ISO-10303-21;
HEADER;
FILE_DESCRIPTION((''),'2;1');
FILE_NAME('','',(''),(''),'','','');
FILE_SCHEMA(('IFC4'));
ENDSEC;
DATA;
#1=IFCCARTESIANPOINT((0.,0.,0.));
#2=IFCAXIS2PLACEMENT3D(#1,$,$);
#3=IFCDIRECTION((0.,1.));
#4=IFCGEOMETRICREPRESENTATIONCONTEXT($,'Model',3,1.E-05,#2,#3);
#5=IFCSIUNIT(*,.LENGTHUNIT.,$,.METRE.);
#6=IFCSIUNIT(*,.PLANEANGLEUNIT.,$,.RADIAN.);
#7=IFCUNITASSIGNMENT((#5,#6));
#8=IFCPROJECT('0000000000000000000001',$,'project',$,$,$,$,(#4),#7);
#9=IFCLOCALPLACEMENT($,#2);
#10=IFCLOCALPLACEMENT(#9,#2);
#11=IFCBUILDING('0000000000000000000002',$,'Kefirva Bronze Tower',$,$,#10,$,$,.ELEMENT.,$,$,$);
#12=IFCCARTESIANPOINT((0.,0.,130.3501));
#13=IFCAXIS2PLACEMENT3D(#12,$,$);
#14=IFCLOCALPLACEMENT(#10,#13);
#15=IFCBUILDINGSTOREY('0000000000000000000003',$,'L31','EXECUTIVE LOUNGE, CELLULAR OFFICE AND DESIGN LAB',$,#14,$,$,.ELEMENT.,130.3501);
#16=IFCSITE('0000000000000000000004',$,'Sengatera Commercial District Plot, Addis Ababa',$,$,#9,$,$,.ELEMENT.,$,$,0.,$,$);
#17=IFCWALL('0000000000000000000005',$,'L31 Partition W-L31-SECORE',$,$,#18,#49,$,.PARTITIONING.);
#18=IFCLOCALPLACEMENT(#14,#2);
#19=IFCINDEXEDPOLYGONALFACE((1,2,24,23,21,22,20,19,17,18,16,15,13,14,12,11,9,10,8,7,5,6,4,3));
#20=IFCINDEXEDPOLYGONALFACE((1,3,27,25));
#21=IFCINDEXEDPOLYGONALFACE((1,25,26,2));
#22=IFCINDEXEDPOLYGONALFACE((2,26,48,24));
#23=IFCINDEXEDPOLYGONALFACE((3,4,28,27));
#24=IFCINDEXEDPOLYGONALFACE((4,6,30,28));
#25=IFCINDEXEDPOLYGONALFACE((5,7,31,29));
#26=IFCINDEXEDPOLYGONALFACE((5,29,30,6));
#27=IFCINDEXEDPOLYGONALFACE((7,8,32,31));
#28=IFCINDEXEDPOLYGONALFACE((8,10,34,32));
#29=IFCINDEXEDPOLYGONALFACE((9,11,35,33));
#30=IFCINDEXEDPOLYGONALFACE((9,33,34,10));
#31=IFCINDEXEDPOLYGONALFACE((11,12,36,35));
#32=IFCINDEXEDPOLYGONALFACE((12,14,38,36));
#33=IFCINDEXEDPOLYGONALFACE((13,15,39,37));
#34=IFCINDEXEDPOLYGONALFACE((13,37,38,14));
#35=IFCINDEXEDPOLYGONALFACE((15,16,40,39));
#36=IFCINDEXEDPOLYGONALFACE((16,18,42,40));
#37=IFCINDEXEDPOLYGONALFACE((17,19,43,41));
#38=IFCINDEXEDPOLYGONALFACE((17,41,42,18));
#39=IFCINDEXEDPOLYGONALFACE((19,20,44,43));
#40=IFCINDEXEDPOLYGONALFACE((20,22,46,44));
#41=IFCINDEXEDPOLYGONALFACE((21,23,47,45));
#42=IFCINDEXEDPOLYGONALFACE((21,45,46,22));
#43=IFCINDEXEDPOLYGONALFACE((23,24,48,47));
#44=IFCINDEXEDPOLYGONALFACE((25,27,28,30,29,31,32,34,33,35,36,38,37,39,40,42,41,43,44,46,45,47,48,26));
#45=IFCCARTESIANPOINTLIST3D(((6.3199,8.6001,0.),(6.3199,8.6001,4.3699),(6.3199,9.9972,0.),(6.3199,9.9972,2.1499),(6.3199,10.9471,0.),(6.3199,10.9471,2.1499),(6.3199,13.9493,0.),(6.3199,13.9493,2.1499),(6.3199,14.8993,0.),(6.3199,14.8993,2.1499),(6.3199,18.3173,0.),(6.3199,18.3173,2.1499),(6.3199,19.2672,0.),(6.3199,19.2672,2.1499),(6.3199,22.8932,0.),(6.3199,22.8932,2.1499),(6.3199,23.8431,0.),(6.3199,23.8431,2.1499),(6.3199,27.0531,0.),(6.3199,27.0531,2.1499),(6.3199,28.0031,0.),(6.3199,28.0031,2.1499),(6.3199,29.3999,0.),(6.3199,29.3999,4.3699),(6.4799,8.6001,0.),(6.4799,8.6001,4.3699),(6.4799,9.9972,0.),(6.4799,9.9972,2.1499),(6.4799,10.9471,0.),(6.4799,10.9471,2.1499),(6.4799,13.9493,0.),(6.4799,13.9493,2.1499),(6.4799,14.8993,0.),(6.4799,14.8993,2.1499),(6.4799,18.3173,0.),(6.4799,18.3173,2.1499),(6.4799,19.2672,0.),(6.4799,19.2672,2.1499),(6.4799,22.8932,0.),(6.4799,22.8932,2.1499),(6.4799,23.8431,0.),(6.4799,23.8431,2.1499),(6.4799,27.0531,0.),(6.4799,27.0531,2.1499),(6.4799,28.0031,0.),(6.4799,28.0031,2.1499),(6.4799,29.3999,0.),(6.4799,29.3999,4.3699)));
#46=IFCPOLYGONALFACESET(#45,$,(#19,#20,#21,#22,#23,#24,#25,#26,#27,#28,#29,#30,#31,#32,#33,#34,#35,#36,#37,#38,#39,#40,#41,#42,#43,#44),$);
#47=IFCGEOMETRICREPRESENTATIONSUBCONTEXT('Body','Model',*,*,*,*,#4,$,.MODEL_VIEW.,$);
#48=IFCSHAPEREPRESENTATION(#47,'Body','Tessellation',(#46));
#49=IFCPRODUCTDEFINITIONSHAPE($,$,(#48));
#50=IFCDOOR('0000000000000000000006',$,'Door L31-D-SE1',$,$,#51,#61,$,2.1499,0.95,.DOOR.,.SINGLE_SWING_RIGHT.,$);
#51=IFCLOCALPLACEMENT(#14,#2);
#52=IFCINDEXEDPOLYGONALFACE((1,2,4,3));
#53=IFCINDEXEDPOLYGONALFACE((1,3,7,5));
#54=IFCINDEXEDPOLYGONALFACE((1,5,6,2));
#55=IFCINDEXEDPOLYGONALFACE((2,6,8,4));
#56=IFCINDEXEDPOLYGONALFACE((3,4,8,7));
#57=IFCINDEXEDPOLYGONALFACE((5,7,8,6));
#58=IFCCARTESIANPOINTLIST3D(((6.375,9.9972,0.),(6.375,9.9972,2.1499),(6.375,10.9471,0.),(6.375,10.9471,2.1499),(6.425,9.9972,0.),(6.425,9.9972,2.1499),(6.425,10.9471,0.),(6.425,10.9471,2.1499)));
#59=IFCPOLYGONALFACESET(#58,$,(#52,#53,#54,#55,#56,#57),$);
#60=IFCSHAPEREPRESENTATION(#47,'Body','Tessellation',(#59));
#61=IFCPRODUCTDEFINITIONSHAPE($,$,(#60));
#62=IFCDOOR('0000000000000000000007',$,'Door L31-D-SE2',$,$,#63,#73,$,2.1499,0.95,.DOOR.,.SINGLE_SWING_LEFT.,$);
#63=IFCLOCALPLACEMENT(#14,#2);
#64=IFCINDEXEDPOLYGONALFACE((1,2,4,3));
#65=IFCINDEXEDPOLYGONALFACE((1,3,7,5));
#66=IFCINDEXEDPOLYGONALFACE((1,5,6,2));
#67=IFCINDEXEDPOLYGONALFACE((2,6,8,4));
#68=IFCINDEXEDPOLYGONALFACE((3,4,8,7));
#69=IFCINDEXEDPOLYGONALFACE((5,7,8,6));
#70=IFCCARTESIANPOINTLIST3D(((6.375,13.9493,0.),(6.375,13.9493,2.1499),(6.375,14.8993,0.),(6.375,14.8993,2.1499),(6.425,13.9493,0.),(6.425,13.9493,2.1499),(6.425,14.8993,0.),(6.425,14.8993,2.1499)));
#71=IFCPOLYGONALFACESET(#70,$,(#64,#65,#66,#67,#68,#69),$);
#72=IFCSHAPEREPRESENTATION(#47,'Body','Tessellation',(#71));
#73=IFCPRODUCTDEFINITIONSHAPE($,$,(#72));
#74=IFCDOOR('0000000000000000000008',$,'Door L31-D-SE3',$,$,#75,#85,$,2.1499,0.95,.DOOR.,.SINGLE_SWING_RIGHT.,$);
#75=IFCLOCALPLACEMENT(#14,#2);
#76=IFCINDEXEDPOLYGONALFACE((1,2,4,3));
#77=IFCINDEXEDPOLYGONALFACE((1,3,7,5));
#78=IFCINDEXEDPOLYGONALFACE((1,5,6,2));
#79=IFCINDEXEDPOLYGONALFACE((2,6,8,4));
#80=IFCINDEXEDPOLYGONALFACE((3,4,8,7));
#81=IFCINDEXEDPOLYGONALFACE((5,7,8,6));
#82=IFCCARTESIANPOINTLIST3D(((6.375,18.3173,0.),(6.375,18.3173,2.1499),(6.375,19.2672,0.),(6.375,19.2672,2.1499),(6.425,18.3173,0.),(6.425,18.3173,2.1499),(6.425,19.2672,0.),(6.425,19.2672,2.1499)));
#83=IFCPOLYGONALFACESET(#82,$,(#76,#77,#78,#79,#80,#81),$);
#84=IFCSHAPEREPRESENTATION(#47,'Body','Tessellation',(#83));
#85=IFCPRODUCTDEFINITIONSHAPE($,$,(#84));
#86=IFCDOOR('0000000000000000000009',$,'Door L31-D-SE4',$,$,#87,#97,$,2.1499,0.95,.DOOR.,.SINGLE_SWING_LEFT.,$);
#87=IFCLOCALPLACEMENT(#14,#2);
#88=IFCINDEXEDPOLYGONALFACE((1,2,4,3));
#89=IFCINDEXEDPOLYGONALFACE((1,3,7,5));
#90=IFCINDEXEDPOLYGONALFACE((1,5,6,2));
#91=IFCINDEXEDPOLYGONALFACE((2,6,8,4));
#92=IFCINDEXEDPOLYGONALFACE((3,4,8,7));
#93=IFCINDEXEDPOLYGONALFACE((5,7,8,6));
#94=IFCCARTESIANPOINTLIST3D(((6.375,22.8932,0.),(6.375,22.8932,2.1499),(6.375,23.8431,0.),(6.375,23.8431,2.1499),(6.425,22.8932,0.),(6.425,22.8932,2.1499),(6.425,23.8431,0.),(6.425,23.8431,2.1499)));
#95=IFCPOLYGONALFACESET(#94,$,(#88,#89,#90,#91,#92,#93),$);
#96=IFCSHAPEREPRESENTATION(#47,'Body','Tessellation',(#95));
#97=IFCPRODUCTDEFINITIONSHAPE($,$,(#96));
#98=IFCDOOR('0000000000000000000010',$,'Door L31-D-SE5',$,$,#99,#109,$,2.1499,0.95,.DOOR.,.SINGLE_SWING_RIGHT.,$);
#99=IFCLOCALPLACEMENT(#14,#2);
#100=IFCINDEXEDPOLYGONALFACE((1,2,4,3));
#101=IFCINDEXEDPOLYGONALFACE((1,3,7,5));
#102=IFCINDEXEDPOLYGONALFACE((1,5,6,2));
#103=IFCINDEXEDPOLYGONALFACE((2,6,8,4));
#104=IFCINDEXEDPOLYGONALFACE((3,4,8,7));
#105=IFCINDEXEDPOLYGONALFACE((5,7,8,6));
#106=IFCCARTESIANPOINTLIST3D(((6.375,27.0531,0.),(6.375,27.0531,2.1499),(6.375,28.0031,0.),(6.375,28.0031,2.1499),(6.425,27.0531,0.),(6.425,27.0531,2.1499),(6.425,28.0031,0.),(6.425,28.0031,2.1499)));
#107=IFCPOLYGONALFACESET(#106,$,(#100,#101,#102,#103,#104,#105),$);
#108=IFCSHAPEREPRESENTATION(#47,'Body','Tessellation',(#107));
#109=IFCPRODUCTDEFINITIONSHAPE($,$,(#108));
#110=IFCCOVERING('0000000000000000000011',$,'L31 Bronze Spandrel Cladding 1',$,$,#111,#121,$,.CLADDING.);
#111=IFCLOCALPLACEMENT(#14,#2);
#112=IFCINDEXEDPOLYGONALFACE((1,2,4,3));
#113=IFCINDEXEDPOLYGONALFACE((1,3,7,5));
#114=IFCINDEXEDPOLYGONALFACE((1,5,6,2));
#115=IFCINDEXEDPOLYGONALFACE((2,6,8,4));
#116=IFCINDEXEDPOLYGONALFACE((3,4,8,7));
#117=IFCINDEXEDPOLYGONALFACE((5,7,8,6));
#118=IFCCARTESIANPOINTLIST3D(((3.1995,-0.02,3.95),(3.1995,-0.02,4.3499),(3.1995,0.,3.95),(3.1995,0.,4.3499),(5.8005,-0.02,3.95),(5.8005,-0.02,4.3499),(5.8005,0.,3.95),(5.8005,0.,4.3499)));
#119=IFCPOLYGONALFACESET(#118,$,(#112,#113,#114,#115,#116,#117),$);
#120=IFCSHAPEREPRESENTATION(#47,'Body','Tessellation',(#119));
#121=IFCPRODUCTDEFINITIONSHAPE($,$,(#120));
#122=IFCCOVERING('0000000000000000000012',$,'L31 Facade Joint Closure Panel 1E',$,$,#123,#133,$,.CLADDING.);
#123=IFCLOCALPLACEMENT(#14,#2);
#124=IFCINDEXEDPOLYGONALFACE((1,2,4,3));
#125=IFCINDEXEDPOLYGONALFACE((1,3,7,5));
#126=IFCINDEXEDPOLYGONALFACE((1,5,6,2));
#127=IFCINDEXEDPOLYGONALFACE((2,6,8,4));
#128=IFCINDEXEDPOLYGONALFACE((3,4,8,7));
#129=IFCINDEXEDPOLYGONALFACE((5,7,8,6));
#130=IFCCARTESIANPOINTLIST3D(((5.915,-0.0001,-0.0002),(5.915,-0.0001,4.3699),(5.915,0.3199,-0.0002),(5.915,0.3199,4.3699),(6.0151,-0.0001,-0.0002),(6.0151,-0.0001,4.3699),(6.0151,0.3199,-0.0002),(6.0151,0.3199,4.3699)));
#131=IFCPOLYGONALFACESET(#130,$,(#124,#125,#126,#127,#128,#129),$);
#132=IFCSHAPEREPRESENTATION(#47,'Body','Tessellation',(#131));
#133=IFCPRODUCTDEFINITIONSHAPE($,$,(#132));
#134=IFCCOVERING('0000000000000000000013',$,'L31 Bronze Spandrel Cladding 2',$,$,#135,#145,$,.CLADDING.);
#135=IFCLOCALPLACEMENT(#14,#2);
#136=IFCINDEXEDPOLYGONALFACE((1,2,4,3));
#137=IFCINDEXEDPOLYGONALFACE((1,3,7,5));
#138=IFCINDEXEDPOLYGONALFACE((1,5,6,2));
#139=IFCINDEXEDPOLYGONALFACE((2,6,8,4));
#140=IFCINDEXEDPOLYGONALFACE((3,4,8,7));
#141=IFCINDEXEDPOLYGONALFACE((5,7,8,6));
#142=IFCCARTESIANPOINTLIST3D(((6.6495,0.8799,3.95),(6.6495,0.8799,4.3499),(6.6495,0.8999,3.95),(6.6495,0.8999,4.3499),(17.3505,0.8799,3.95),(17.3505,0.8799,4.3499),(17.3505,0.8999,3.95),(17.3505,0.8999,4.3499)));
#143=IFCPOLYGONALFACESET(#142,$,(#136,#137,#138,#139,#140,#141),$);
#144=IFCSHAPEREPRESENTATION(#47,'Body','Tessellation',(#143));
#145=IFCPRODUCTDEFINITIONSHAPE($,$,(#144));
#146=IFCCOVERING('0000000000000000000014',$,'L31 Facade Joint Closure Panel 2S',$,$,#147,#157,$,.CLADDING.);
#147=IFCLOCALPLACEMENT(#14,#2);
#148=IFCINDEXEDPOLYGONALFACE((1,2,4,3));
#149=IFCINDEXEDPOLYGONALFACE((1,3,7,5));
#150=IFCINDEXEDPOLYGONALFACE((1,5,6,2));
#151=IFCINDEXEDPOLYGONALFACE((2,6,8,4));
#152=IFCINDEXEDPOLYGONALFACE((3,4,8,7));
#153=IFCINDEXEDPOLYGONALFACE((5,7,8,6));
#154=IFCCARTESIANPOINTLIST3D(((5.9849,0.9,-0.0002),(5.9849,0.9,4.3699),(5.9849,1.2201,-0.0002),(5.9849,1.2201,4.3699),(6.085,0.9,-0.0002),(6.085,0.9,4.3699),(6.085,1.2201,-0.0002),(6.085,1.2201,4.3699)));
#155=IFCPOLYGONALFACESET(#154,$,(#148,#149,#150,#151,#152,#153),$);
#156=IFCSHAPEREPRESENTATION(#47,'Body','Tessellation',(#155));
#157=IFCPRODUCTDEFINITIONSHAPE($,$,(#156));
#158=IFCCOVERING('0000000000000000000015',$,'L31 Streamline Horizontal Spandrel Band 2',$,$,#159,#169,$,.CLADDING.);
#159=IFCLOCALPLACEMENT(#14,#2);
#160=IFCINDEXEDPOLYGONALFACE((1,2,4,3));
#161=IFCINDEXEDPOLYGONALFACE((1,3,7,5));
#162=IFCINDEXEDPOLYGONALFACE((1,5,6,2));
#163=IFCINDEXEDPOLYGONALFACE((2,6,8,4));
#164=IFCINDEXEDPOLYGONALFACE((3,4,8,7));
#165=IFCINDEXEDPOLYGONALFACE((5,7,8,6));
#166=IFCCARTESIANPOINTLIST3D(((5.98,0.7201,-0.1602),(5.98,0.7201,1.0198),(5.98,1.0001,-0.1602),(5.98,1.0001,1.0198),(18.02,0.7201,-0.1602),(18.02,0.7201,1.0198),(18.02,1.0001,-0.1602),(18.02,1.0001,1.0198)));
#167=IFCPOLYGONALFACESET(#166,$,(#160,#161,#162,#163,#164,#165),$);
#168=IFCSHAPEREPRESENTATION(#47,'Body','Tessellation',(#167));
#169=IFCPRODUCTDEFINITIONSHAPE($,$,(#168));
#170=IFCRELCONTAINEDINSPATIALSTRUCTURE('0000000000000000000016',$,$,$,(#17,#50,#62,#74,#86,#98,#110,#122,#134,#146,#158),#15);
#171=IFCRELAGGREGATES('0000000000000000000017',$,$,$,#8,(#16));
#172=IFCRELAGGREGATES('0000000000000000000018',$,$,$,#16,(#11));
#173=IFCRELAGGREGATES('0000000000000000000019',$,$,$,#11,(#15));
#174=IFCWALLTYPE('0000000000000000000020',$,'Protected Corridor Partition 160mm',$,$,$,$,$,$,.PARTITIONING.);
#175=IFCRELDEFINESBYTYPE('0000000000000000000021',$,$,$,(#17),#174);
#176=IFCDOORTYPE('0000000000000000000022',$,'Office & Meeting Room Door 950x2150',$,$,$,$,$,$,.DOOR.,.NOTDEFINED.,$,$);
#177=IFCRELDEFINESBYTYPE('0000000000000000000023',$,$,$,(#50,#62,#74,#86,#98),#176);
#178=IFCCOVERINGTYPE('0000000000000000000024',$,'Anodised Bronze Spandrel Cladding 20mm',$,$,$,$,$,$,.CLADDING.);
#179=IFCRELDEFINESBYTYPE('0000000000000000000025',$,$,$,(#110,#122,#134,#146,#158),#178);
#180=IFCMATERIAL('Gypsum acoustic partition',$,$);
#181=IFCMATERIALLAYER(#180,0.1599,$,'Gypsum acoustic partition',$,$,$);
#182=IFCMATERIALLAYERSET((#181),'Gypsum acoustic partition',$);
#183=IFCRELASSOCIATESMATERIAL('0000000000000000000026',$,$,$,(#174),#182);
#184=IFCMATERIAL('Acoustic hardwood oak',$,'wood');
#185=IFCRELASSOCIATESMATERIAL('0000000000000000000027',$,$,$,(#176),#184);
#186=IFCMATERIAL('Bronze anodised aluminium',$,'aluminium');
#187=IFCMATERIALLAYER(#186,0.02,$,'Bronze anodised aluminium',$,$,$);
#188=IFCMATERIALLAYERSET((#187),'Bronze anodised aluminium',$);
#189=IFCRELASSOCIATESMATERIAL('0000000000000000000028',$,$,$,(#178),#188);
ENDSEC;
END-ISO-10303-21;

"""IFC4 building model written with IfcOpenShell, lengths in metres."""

from ifc_helpers import new_model, si_unit, direction, frame, frame_2d, origin, origin_2d, place, context, subcontext, project, spatial, rectangle, extrude, material, layer, layer_set, type_object, element, fill, save


model = new_model("IFC4")

# Units and contexts
model_context = context("Model", 3, precision=1e-05, world=origin(), true_north=direction((0.0, 1.0)))
body_context = subcontext(model_context, "Body", "Model", "MODEL_VIEW")
ifc_project = project(units=[si_unit("LENGTHUNIT", "METRE"), si_unit("PLANEANGLEUNIT", "RADIAN")], contexts=[model_context])

# Site, building, storey
site_placement = place(None, origin())
site = spatial("IfcSite", under=ifc_project, at=site_placement, Name="Sengatera Commercial District Plot, Addis Ababa", CompositionType="ELEMENT", RefElevation=0.0)
building_placement = place(site_placement, origin())
building = spatial("IfcBuilding", under=site, at=building_placement, Name="Kefirva Bronze Tower", CompositionType="ELEMENT")
storey_placement = place(building_placement, frame((0.0, 0.0, 130.3501)))
storey = spatial("IfcBuildingStorey", under=building, at=storey_placement, Name="L31", Description="EXECUTIVE LOUNGE, CELLULAR OFFICE AND DESIGN LAB", CompositionType="ELEMENT", Elevation=130.3501)

# Wall, openings, doors
ifc_material_1 = material(Name="Gypsum acoustic partition")
ifc_layer_1 = layer(ifc_material_1, 0.1599, Name="Gypsum acoustic partition")
ifc_layer_set_1 = layer_set([ifc_layer_1], Name="Gypsum acoustic partition")
wall_type_1 = type_object("IfcWallType", Name="Protected Corridor Partition 160mm", PredefinedType="PARTITIONING", material=ifc_layer_set_1)
wall_1_placement = place(storey_placement, frame((6.3999, 8.6001, 0.0), z_axis=(0.0, 0.0, 1.0), x_axis=(0.0, 1.0, 0.0)))
wall_1 = element("IfcWall", 1, at=wall_1_placement, inside=storey, type_object=wall_type_1, Name="L31 Partition W-L31-SECORE", PredefinedType="PARTITIONING", context=body_context, shape_type="SweptSolid", body=[
    extrude(rectangle(XDim=20.7998, YDim=0.1599, at=frame_2d((10.3999, 0.0))), origin(), (0.0, 0.0, 1.0), 4.3699),
])
opening_1_placement = place(wall_1_placement, frame((1.397, 0.0, 0.0)))
opening_1 = element("IfcOpeningElement", 2, at=opening_1_placement, cuts=wall_1, PredefinedType="OPENING", context=body_context, shape_type="SweptSolid", body=[
    extrude(rectangle(XDim=0.95, YDim=2.1499, at=frame_2d((0.4751, 1.075))), frame((0.0, 0.0898, 0.0), z_axis=(0.0, -1.0, 0.0), x_axis=(1.0, 0.0, 0.0)), (0.0, 0.0, 1.0), 0.1799),
])
opening_2_placement = place(wall_1_placement, frame((5.3491, 0.0, 0.0)))
opening_2 = element("IfcOpeningElement", 3, at=opening_2_placement, cuts=wall_1, PredefinedType="OPENING", context=body_context, shape_type="SweptSolid", body=[
    extrude(rectangle(XDim=0.95, YDim=2.1499, at=frame_2d((0.4751, 1.075))), frame((0.0, 0.0898, 0.0), z_axis=(0.0, -1.0, 0.0), x_axis=(1.0, 0.0, 0.0)), (0.0, 0.0, 1.0), 0.1799),
])
opening_3_placement = place(wall_1_placement, frame((9.717, 0.0, 0.0)))
opening_3 = element("IfcOpeningElement", 4, at=opening_3_placement, cuts=wall_1, PredefinedType="OPENING", context=body_context, shape_type="SweptSolid", body=[
    extrude(rectangle(XDim=0.95, YDim=2.1499, at=frame_2d((0.4751, 1.075))), frame((0.0, 0.0898, 0.0), z_axis=(0.0, -1.0, 0.0), x_axis=(1.0, 0.0, 0.0)), (0.0, 0.0, 1.0), 0.1799),
])
opening_4_placement = place(wall_1_placement, frame((14.293, 0.0, 0.0)))
opening_4 = element("IfcOpeningElement", 5, at=opening_4_placement, cuts=wall_1, PredefinedType="OPENING", context=body_context, shape_type="SweptSolid", body=[
    extrude(rectangle(XDim=0.95, YDim=2.1499, at=frame_2d((0.4751, 1.075))), frame((0.0, 0.0898, 0.0), z_axis=(0.0, -1.0, 0.0), x_axis=(1.0, 0.0, 0.0)), (0.0, 0.0, 1.0), 0.1799),
])
opening_5_placement = place(wall_1_placement, frame((18.4529, 0.0, 0.0)))
opening_5 = element("IfcOpeningElement", 6, at=opening_5_placement, cuts=wall_1, PredefinedType="OPENING", context=body_context, shape_type="SweptSolid", body=[
    extrude(rectangle(XDim=0.95, YDim=2.1499, at=frame_2d((0.4751, 1.075))), frame((0.0, 0.0898, 0.0), z_axis=(0.0, -1.0, 0.0), x_axis=(1.0, 0.0, 0.0)), (0.0, 0.0, 1.0), 0.1799),
])
ifc_material_2 = material(Name="Acoustic hardwood oak", Category="wood")
door_type = type_object("IfcDoorType", Name="Office & Meeting Room Door 950x2150", OperationType="NOTDEFINED", PredefinedType="DOOR", material=ifc_material_2)
door_1_placement = place(opening_1_placement, origin())
door_1 = element("IfcDoor", 7, at=door_1_placement, inside=storey, type_object=door_type, Name="Door L31-D-SE1", OperationType="SINGLE_SWING_RIGHT", OverallHeight=2.1499, OverallWidth=0.95, PredefinedType="DOOR", context=body_context, shape_type="SweptSolid", body=[
    extrude(rectangle(XDim=0.95, YDim=2.1499, at=frame_2d((0.4751, 1.075))), frame((0.0, 0.0249, 0.0), z_axis=(0.0, -1.0, 0.0), x_axis=(1.0, 0.0, 0.0)), (0.0, 0.0, 1.0), 0.05),
])
fill(opening_1, door_1)
door_2_placement = place(opening_2_placement, origin())
door_2 = element("IfcDoor", 8, at=door_2_placement, inside=storey, type_object=door_type, Name="Door L31-D-SE2", OperationType="SINGLE_SWING_LEFT", OverallHeight=2.1499, OverallWidth=0.95, PredefinedType="DOOR", context=body_context, shape_type="SweptSolid", body=[
    extrude(rectangle(XDim=0.95, YDim=2.1499, at=frame_2d((0.4751, 1.075))), frame((0.0, 0.0249, 0.0), z_axis=(0.0, -1.0, 0.0), x_axis=(1.0, 0.0, 0.0)), (0.0, 0.0, 1.0), 0.05),
])
fill(opening_2, door_2)
door_3_placement = place(opening_3_placement, origin())
door_3 = element("IfcDoor", 9, at=door_3_placement, inside=storey, type_object=door_type, Name="Door L31-D-SE3", OperationType="SINGLE_SWING_RIGHT", OverallHeight=2.1499, OverallWidth=0.95, PredefinedType="DOOR", context=body_context, shape_type="SweptSolid", body=[
    extrude(rectangle(XDim=0.95, YDim=2.1499, at=frame_2d((0.4751, 1.075))), frame((0.0, 0.0249, 0.0), z_axis=(0.0, -1.0, 0.0), x_axis=(1.0, 0.0, 0.0)), (0.0, 0.0, 1.0), 0.05),
])
fill(opening_3, door_3)
door_4_placement = place(opening_4_placement, origin())
door_4 = element("IfcDoor", 10, at=door_4_placement, inside=storey, type_object=door_type, Name="Door L31-D-SE4", OperationType="SINGLE_SWING_LEFT", OverallHeight=2.1499, OverallWidth=0.95, PredefinedType="DOOR", context=body_context, shape_type="SweptSolid", body=[
    extrude(rectangle(XDim=0.95, YDim=2.1499, at=frame_2d((0.4751, 1.075))), frame((0.0, 0.0249, 0.0), z_axis=(0.0, -1.0, 0.0), x_axis=(1.0, 0.0, 0.0)), (0.0, 0.0, 1.0), 0.05),
])
fill(opening_4, door_4)
door_5_placement = place(opening_5_placement, origin())
door_5 = element("IfcDoor", 11, at=door_5_placement, inside=storey, type_object=door_type, Name="Door L31-D-SE5", OperationType="SINGLE_SWING_RIGHT", OverallHeight=2.1499, OverallWidth=0.95, PredefinedType="DOOR", context=body_context, shape_type="SweptSolid", body=[
    extrude(rectangle(XDim=0.95, YDim=2.1499, at=frame_2d((0.4751, 1.075))), frame((0.0, 0.0249, 0.0), z_axis=(0.0, -1.0, 0.0), x_axis=(1.0, 0.0, 0.0)), (0.0, 0.0, 1.0), 0.05),
])
fill(opening_5, door_5)

# Coverings
ifc_material_3 = material(Name="Bronze anodised aluminium", Category="aluminium")
ifc_layer_2 = layer(ifc_material_3, 0.02, Name="Bronze anodised aluminium")
ifc_layer_set_2 = layer_set([ifc_layer_2], Name="Bronze anodised aluminium")
covering_type_1 = type_object("IfcCoveringType", Name="Anodised Bronze Spandrel Cladding 20mm", PredefinedType="CLADDING", material=ifc_layer_set_2)
covering_1_placement = place(storey_placement, frame((4.5, -0.01, 3.95), z_axis=(0.0, 0.0, 1.0), x_axis=(1.0, 0.0, 0.0)))
element("IfcCovering", 12, at=covering_1_placement, inside=storey, type_object=covering_type_1, Name="L31 Bronze Spandrel Cladding 1", PredefinedType="CLADDING", context=body_context, shape_type="SweptSolid", body=[
    extrude(rectangle(XDim=2.6011, YDim=0.02, at=origin_2d()), origin(), (0.0, 0.0, 1.0), 0.3999),
])
covering_2_placement = place(storey_placement, frame((5.9651, 0.1599, -0.0002), z_axis=(0.0, 0.0, 1.0), x_axis=(1.0, 0.0, 0.0)))
element("IfcCovering", 13, at=covering_2_placement, inside=storey, type_object=covering_type_1, Name="L31 Facade Joint Closure Panel 1E", PredefinedType="CLADDING", context=body_context, shape_type="SweptSolid", body=[
    extrude(rectangle(XDim=0.1001, YDim=0.3201, at=origin_2d()), origin(), (0.0, 0.0, 1.0), 4.3701),
])
covering_3_placement = place(storey_placement, frame((12.0, 0.8899, 3.95), z_axis=(0.0, 0.0, 1.0), x_axis=(1.0, 0.0, 0.0)))
element("IfcCovering", 14, at=covering_3_placement, inside=storey, type_object=covering_type_1, Name="L31 Bronze Spandrel Cladding 2", PredefinedType="CLADDING", context=body_context, shape_type="SweptSolid", body=[
    extrude(rectangle(XDim=10.7009, YDim=0.02, at=origin_2d()), origin(), (0.0, 0.0, 1.0), 0.3999),
])
covering_4_placement = place(storey_placement, frame((6.0349, 1.0601, -0.0002), z_axis=(0.0, 0.0, 1.0), x_axis=(1.0, 0.0, 0.0)))
element("IfcCovering", 15, at=covering_4_placement, inside=storey, type_object=covering_type_1, Name="L31 Facade Joint Closure Panel 2S", PredefinedType="CLADDING", context=body_context, shape_type="SweptSolid", body=[
    extrude(rectangle(XDim=0.1001, YDim=0.3201, at=origin_2d()), origin(), (0.0, 0.0, 1.0), 4.3701),
])
covering_5_placement = place(storey_placement, frame((12.0, 0.8601, -0.1602), z_axis=(0.0, 0.0, 1.0), x_axis=(1.0, 0.0, 0.0)))
element("IfcCovering", 16, at=covering_5_placement, inside=storey, type_object=covering_type_1, Name="L31 Streamline Horizontal Spandrel Band 2", PredefinedType="CLADDING", context=body_context, shape_type="SweptSolid", body=[
    extrude(rectangle(XDim=12.04, YDim=0.28, at=origin_2d()), origin(), (0.0, 0.0, 1.0), 1.1799),
])

save(model, "model.ifc")
